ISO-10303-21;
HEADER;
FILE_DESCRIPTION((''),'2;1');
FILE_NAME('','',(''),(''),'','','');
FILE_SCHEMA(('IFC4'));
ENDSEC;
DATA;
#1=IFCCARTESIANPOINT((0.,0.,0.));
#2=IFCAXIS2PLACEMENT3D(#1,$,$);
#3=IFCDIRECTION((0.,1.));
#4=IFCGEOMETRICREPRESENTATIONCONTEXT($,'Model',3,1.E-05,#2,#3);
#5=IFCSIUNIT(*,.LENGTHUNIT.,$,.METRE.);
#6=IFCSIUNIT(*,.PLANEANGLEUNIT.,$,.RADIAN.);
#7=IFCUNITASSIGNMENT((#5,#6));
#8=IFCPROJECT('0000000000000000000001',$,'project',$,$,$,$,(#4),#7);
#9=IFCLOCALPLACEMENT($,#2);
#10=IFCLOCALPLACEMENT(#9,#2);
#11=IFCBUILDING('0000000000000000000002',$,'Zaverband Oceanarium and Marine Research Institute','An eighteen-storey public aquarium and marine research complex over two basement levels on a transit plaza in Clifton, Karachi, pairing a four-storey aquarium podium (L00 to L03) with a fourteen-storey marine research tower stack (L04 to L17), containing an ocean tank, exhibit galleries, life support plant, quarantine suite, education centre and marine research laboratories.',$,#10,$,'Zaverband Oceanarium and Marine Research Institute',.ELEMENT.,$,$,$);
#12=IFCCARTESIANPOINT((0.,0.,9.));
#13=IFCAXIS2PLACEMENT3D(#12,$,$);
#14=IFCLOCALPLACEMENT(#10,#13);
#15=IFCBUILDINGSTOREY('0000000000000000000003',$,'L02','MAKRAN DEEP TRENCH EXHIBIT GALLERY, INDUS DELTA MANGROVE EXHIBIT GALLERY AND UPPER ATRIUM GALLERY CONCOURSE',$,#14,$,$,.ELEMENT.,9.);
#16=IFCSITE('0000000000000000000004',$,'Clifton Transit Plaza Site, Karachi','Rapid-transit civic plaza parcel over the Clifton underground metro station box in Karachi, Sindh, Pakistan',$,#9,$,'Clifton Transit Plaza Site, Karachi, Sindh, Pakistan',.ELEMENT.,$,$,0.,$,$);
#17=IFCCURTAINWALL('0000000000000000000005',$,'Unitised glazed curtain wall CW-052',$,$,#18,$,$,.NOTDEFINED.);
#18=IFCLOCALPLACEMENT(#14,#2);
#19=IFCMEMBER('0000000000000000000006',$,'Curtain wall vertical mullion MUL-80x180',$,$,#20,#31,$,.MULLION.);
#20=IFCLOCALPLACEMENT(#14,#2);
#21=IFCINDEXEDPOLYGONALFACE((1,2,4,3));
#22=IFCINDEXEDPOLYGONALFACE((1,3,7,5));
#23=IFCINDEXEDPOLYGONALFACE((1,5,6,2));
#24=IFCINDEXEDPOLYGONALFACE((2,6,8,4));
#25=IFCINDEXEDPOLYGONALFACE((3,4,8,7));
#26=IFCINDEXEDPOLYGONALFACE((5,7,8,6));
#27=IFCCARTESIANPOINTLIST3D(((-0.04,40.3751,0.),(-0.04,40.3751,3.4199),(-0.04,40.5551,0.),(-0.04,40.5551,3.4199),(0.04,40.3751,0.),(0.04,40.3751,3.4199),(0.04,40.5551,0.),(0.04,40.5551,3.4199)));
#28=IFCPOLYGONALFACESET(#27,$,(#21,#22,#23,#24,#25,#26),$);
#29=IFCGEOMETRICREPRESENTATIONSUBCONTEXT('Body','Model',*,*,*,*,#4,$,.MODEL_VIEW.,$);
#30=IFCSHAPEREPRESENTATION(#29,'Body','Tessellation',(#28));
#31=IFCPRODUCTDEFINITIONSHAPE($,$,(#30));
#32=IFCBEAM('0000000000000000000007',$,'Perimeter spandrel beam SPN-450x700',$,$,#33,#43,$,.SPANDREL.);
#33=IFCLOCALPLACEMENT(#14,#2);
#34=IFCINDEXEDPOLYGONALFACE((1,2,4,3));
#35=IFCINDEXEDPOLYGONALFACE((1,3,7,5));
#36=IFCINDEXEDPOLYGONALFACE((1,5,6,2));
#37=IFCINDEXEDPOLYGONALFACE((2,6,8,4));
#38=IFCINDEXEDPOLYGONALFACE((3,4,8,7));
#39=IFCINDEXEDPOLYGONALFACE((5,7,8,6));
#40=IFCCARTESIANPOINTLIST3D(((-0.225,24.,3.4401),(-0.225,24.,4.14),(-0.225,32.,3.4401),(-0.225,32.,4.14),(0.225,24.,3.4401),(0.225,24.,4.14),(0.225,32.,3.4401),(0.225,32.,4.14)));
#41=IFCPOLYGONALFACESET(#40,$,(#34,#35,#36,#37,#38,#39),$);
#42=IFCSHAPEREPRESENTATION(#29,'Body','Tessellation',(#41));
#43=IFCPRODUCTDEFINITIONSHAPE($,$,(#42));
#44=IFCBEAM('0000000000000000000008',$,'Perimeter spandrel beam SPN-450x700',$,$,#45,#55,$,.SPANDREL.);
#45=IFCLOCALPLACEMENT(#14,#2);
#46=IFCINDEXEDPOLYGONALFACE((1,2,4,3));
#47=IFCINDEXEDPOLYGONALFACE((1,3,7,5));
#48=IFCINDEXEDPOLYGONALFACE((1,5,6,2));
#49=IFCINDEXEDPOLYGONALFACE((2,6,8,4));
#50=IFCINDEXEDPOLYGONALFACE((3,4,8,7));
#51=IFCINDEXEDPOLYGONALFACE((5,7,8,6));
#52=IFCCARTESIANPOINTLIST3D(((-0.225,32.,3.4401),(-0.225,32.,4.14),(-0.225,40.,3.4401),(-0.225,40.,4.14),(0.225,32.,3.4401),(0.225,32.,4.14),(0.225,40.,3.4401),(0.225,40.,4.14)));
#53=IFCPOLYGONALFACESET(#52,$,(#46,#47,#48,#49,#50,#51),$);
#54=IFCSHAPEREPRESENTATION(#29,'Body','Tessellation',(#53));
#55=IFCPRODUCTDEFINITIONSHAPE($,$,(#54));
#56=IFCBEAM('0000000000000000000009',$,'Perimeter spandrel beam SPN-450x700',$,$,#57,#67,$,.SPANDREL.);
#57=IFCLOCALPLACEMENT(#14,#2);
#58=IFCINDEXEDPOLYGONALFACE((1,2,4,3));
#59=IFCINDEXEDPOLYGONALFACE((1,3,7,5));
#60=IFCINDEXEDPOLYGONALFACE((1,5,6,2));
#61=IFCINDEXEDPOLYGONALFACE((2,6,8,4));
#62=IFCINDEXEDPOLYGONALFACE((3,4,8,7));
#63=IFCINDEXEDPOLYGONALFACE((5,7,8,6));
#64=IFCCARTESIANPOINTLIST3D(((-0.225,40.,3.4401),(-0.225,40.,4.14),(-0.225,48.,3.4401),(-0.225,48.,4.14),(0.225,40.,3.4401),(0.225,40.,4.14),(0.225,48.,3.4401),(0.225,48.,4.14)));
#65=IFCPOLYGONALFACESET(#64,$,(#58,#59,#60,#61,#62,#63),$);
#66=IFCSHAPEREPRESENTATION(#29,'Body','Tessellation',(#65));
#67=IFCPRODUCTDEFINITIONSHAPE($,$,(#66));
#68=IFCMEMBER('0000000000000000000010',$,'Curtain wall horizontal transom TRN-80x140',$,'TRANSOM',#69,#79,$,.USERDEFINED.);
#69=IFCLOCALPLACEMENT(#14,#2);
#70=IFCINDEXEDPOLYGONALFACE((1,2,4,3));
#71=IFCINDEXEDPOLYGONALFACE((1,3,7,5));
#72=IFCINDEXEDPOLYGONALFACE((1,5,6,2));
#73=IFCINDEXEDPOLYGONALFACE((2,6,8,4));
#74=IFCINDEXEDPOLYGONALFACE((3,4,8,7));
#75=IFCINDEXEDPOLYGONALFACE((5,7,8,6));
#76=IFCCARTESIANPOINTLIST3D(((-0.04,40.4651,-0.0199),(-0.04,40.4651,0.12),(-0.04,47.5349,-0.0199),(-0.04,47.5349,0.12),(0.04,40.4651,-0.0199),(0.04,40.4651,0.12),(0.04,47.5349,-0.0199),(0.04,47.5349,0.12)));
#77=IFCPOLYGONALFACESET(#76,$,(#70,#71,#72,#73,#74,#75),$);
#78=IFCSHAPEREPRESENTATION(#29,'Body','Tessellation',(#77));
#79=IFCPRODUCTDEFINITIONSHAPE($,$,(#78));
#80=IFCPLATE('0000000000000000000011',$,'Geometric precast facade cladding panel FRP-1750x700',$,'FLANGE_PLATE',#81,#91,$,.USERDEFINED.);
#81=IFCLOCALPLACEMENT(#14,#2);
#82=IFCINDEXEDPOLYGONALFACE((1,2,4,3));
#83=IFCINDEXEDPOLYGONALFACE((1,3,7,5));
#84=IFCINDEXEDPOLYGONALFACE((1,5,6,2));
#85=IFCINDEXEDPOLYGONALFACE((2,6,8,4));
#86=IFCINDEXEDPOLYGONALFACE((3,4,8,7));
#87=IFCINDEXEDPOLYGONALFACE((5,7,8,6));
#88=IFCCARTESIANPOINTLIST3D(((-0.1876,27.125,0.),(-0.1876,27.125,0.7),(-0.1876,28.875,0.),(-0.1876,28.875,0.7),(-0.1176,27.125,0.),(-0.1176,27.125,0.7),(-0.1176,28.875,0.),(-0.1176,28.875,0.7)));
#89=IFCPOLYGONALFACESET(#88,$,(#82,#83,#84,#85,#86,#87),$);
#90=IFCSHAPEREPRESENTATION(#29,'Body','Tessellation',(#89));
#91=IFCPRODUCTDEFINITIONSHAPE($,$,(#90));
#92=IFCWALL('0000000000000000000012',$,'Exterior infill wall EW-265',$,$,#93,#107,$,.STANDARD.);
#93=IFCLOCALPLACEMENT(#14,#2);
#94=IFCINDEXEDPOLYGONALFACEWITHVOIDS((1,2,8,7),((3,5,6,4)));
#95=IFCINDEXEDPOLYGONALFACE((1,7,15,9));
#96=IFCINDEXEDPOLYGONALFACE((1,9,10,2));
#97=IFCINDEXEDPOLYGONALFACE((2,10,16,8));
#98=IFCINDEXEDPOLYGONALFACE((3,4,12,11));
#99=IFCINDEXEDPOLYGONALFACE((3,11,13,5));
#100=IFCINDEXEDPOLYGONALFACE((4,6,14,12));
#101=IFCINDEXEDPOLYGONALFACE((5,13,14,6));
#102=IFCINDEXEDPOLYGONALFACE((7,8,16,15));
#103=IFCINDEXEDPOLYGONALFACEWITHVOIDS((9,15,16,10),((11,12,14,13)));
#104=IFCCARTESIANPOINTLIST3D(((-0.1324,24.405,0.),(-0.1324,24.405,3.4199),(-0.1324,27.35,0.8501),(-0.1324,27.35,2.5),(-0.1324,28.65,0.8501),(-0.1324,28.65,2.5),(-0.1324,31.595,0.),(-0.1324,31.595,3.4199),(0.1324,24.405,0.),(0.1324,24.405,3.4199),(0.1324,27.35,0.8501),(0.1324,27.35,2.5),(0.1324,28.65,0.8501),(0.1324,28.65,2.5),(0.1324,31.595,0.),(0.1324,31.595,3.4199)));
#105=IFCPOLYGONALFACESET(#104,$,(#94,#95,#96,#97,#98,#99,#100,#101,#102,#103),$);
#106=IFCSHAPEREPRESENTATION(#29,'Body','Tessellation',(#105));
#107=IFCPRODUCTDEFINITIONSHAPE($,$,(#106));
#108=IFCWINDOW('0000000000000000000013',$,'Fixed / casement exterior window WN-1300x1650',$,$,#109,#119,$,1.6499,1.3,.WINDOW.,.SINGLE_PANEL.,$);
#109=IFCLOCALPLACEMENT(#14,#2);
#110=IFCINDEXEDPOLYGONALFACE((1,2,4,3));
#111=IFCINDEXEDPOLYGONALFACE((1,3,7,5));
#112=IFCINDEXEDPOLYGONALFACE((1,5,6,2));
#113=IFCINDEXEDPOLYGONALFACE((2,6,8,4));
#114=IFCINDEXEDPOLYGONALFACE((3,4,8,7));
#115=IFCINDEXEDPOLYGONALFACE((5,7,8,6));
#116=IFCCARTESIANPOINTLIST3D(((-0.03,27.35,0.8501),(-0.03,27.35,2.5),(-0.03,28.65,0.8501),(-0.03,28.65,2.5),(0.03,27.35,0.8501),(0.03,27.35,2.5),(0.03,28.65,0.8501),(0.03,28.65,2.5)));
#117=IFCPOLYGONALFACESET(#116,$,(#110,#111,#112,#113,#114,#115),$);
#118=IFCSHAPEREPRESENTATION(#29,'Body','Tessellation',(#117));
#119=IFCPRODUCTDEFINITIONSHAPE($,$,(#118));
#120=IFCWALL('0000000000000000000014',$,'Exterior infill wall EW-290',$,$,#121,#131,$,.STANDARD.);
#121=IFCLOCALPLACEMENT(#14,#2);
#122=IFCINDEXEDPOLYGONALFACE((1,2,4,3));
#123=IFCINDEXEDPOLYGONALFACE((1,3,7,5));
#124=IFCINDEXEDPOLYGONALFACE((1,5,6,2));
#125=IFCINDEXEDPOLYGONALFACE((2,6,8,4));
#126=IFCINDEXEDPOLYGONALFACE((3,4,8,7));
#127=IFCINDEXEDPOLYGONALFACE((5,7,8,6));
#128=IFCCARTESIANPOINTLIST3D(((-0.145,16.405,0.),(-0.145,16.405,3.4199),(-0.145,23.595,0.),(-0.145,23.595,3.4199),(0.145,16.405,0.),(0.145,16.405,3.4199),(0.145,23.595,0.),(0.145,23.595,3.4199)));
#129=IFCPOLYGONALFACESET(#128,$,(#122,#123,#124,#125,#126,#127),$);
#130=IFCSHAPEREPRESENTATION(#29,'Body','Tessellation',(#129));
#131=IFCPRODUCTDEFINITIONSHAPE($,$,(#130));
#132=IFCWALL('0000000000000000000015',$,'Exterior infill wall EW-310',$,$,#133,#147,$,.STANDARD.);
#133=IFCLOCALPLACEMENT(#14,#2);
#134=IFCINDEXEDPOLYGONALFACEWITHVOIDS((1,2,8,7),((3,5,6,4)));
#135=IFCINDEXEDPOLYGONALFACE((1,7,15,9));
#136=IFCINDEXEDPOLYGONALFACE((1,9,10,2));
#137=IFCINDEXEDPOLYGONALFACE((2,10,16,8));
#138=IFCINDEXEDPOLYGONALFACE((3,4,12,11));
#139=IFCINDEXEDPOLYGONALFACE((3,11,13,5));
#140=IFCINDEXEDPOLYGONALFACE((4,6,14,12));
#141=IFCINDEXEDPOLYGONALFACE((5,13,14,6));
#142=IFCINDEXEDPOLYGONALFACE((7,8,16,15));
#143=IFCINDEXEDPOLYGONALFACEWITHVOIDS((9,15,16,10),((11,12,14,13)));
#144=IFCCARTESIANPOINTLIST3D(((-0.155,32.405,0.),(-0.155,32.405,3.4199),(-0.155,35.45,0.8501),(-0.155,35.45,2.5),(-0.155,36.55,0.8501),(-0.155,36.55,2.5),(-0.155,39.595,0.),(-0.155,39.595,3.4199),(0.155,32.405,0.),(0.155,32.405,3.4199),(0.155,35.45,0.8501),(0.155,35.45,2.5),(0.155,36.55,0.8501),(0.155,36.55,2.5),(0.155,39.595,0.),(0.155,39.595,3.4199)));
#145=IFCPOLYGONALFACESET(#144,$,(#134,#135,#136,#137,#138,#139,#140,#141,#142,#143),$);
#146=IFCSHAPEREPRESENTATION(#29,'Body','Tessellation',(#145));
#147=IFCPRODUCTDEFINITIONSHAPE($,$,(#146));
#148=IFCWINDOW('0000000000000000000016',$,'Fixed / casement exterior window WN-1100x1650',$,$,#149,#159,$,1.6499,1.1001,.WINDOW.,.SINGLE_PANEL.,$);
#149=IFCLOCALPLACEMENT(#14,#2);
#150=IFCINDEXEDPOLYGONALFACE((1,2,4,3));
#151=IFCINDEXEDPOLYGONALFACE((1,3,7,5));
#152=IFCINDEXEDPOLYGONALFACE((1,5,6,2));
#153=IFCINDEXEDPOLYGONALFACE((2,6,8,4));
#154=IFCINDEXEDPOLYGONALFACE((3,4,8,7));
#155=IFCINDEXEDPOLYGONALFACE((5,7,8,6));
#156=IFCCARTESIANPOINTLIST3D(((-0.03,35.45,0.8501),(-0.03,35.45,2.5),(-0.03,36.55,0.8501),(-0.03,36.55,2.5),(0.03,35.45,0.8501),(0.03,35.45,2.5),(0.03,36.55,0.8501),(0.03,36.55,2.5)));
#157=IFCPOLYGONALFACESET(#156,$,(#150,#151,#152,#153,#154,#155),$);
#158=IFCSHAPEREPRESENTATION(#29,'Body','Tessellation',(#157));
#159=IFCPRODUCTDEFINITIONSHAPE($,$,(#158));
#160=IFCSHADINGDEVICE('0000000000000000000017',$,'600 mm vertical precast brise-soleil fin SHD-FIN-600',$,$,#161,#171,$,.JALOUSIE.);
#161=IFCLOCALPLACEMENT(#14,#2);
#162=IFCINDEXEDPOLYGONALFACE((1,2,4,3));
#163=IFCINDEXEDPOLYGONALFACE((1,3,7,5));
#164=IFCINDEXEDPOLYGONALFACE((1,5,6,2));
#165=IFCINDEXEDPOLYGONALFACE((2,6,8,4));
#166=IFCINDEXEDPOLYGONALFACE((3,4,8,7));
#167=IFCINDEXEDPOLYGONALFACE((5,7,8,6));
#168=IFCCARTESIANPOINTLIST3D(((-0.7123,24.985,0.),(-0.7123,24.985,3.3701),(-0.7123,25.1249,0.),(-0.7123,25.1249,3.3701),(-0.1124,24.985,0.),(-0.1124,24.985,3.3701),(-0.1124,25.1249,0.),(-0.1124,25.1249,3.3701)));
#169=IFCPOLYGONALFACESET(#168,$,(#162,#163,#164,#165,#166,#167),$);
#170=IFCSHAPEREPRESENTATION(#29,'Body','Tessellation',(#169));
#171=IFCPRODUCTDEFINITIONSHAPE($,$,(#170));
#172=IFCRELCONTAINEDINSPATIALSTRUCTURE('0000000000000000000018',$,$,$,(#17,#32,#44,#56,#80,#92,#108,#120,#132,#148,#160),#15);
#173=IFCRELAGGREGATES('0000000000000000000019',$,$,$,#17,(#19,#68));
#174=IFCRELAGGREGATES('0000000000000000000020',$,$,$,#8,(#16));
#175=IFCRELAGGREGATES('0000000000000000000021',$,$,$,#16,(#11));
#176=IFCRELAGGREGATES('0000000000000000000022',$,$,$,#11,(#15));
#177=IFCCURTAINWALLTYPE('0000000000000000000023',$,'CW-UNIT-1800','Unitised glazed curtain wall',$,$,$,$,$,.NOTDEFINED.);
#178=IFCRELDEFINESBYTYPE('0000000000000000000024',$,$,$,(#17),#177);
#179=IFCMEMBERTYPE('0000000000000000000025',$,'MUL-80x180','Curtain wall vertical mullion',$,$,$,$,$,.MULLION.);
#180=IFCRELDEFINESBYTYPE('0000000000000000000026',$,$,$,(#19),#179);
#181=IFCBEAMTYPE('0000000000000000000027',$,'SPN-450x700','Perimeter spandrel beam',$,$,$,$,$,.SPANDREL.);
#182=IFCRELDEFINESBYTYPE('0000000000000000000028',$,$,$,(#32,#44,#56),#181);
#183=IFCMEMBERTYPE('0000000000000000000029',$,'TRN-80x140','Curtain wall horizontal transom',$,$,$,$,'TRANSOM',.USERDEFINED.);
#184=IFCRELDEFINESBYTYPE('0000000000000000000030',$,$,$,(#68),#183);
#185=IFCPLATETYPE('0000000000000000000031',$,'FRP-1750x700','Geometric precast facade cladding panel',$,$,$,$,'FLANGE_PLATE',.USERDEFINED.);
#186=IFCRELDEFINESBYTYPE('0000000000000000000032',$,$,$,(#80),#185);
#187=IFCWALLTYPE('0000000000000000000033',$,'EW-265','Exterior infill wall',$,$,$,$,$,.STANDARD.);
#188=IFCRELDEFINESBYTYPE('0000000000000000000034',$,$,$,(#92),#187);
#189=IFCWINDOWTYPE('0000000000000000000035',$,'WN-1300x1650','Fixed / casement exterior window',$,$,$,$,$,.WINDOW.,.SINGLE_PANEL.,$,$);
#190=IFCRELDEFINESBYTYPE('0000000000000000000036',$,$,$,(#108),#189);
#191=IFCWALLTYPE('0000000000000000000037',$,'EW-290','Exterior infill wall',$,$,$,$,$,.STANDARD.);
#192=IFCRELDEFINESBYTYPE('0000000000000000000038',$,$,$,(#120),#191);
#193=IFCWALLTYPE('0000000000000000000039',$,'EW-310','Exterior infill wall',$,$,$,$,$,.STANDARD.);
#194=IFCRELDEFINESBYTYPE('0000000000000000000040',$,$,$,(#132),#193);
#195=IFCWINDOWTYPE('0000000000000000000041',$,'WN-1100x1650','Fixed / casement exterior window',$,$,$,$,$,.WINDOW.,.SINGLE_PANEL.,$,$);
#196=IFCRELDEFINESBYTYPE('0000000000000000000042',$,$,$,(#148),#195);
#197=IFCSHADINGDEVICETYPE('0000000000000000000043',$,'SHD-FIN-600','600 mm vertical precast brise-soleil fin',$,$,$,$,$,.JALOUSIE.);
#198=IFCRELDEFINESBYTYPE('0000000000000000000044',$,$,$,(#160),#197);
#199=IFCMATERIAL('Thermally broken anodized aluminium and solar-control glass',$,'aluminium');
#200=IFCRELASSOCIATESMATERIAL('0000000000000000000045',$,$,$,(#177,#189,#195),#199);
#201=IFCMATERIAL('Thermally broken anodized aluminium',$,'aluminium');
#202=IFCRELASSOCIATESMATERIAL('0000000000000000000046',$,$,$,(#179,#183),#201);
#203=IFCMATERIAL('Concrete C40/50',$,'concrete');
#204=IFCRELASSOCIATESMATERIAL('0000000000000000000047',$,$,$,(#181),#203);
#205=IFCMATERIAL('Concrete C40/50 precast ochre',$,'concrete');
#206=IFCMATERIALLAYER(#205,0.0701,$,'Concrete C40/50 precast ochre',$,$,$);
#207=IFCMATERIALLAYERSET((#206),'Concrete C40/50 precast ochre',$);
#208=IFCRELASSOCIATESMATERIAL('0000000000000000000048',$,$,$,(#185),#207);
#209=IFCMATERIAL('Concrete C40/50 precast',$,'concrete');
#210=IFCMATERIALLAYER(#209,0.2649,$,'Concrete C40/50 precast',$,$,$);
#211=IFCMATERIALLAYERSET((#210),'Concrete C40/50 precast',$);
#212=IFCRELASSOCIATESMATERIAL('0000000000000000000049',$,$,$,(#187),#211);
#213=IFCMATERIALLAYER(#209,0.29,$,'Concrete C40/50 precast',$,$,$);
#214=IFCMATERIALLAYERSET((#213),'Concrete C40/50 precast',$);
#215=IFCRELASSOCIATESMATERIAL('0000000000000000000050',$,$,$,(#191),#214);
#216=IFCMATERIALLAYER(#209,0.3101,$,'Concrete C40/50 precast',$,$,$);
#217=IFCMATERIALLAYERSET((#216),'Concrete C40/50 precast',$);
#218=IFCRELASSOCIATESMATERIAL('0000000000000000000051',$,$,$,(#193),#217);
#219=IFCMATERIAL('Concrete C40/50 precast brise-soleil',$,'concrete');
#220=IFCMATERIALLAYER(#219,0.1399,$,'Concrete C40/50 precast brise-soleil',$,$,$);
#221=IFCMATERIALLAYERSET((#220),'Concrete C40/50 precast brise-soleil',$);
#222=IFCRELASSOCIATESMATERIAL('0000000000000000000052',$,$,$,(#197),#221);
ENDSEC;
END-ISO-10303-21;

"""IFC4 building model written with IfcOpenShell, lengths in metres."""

from ifc_helpers import new_model, si_unit, direction, frame, frame_2d, origin, origin_2d, place, context, subcontext, project, spatial, rectangle, extrude, material, layer, layer_set, material_profile, profile_set, type_object, element, fill, aggregate, save


model = new_model("IFC4")

# Units and contexts
model_context = context("Model", 3, precision=1e-05, world=origin(), true_north=direction((0.0, 1.0)))
body_context = subcontext(model_context, "Body", "Model", "MODEL_VIEW")
ifc_project = project(units=[si_unit("LENGTHUNIT", "METRE"), si_unit("PLANEANGLEUNIT", "RADIAN")], contexts=[model_context])

# Site, building, storey
site_placement = place(None, origin())
site = spatial("IfcSite", under=ifc_project, at=site_placement, Name="Clifton Transit Plaza Site, Karachi", Description="Rapid-transit civic plaza parcel over the Clifton underground metro station box in Karachi, Sindh, Pakistan", LongName="Clifton Transit Plaza Site, Karachi, Sindh, Pakistan", CompositionType="ELEMENT", RefElevation=0.0)
building_placement = place(site_placement, origin())
building = spatial("IfcBuilding", under=site, at=building_placement, Name="Zaverband Oceanarium and Marine Research Institute", Description="An eighteen-storey public aquarium and marine research complex over two basement levels on a transit plaza in Clifton, Karachi, pairing a four-storey aquarium podium (L00 to L03) with a fourteen-storey marine research tower stack (L04 to L17), containing an ocean tank, exhibit galleries, life support plant, quarantine suite, education centre and marine research laboratories.", LongName="Zaverband Oceanarium and Marine Research Institute", CompositionType="ELEMENT")
storey_placement = place(building_placement, frame((0.0, 0.0, 9.0)))
storey = spatial("IfcBuildingStorey", under=building, at=storey_placement, Name="L02", Description="MAKRAN DEEP TRENCH EXHIBIT GALLERY, INDUS DELTA MANGROVE EXHIBIT GALLERY AND UPPER ATRIUM GALLERY CONCOURSE", CompositionType="ELEMENT", Elevation=9.0)

# Shared definitions
ifc_material_1 = material(Name="Concrete C40/50", Category="concrete")

# Curtain wall, member
ifc_material_2 = material(Name="Thermally broken anodized aluminium and solar-control glass", Category="aluminium")
curtain_wall_type = type_object("IfcCurtainWallType", Name="CW-UNIT-1800", Description="Unitised glazed curtain wall", PredefinedType="NOTDEFINED", material=ifc_material_2)
curtain_wall_placement = place(storey_placement, origin())
curtain_wall = element("IfcCurtainWall", 1, at=curtain_wall_placement, inside=storey, type_object=curtain_wall_type, Name="Unitised glazed curtain wall CW-052", PredefinedType="NOTDEFINED")
ifc_material_3 = material(Name="Thermally broken anodized aluminium", Category="aluminium")
ifc_material_profile_1 = material_profile(ifc_material_3, rectangle(XDim=0.0801, YDim=0.1799, at=origin_2d()), Name="AL-MUL-80x180")
ifc_profile_set_1 = profile_set([ifc_material_profile_1], Name="Thermally broken anodized aluminium")
member_type_1 = type_object("IfcMemberType", Name="MUL-80x180", Description="Curtain wall vertical mullion", PredefinedType="MULLION", material=ifc_profile_set_1)
member_1_placement = place(storey_placement, frame((0.0, 40.4651, 0.0), z_axis=(0.0, 0.0, 1.0), x_axis=(1.0, 0.0, 0.0)))
member_1 = element("IfcMember", 2, at=member_1_placement, type_object=member_type_1, Name="Curtain wall vertical mullion MUL-80x180", PredefinedType="MULLION", context=body_context, shape_type="SweptSolid", body=[
    extrude(rectangle(XDim=0.0801, YDim=0.1799, at=origin_2d()), origin(), (0.0, 0.0, 1.0), 3.4199),
])

# Beams
ifc_material_profile_2 = material_profile(ifc_material_1, rectangle(XDim=0.45, YDim=0.7, at=origin_2d()), Name="RC450x700")
ifc_profile_set_2 = profile_set([ifc_material_profile_2], Name="Concrete C40/50")
beam_type_1 = type_object("IfcBeamType", Name="SPN-450x700", Description="Perimeter spandrel beam", PredefinedType="SPANDREL", material=ifc_profile_set_2)
for number, where, z_axis, x_axis, name in (
    (3, (0.0, 24.0, 3.79), (0.0, 1.0, 0.0), (-1.0, 0.0, 0.0), "Perimeter spandrel beam SPN-450x700"),
    (4, (0.0, 32.0, 3.79), (0.0, 1.0, 0.0), (-1.0, 0.0, 0.0), "Perimeter spandrel beam SPN-450x700"),
    (5, (0.0, 40.0, 3.79), (0.0, 1.0, 0.0), (-1.0, 0.0, 0.0), "Perimeter spandrel beam SPN-450x700"),
):
    element("IfcBeam", number, at=place(storey_placement, frame(where, z_axis=z_axis, x_axis=x_axis)), inside=storey, type_object=beam_type_1, Name=name, PredefinedType="SPANDREL", context=body_context, shape_type="SweptSolid", body=[
        extrude(rectangle(XDim=0.45, YDim=0.7, at=origin_2d()), origin(), (0.0, 0.0, 1.0), 8.0),
    ])

# Member
ifc_material_profile_3 = material_profile(ifc_material_3, rectangle(XDim=0.0801, YDim=0.1399, at=origin_2d()), Name="AL-TRN-80x140")
ifc_profile_set_3 = profile_set([ifc_material_profile_3], Name="Thermally broken anodized aluminium")
member_type_2 = type_object("IfcMemberType", Name="TRN-80x140", Description="Curtain wall horizontal transom", ElementType="TRANSOM", PredefinedType="USERDEFINED", material=ifc_profile_set_3)
member_2_placement = place(storey_placement, frame((0.0, 40.4651, 0.05), z_axis=(0.0, 1.0, 0.0), x_axis=(-1.0, 0.0, 0.0)))
member_2 = element("IfcMember", 6, at=member_2_placement, type_object=member_type_2, Name="Curtain wall horizontal transom TRN-80x140", ObjectType="TRANSOM", PredefinedType="USERDEFINED", context=body_context, shape_type="SweptSolid", body=[
    extrude(rectangle(XDim=0.0801, YDim=0.1399, at=origin_2d()), origin(), (0.0, 0.0, 1.0), 7.0698),
])
aggregate(curtain_wall, [member_1, member_2])

# Plate
ifc_material_4 = material(Name="Concrete C40/50 precast ochre", Category="concrete")
ifc_layer_1 = layer(ifc_material_4, 0.0701, Name="Concrete C40/50 precast ochre")
ifc_layer_set_1 = layer_set([ifc_layer_1], Name="Concrete C40/50 precast ochre")
plate_type = type_object("IfcPlateType", Name="FRP-1750x700", Description="Geometric precast facade cladding panel", ElementType="FLANGE_PLATE", PredefinedType="USERDEFINED", material=ifc_layer_set_1)
plate_placement = place(storey_placement, frame((-0.1526, 27.125, 0.0), z_axis=(0.0, 0.0, 1.0), x_axis=(0.0, 1.0, 0.0)))
element("IfcPlate", 7, at=plate_placement, inside=storey, type_object=plate_type, Name="Geometric precast facade cladding panel FRP-1750x700", ObjectType="FLANGE_PLATE", PredefinedType="USERDEFINED", context=body_context, shape_type="SweptSolid", body=[
    extrude(rectangle(XDim=1.75, YDim=0.0701, at=frame_2d((0.875, 0.0))), origin(), (0.0, 0.0, 1.0), 0.7),
])

# Wall, opening, window
ifc_material_5 = material(Name="Concrete C40/50 precast", Category="concrete")
ifc_layer_2 = layer(ifc_material_5, 0.2649, Name="Concrete C40/50 precast")
ifc_layer_set_2 = layer_set([ifc_layer_2], Name="Concrete C40/50 precast")
wall_type_1 = type_object("IfcWallType", Name="EW-265", Description="Exterior infill wall", PredefinedType="STANDARD", material=ifc_layer_set_2)
wall_1_placement = place(storey_placement, frame((0.0, 24.405, 0.0), z_axis=(0.0, 0.0, 1.0), x_axis=(0.0, 1.0, 0.0)))
wall_1 = element("IfcWall", 8, at=wall_1_placement, inside=storey, type_object=wall_type_1, Name="Exterior infill wall EW-265", PredefinedType="STANDARD", context=body_context, shape_type="SweptSolid", body=[
    extrude(rectangle(XDim=7.1899, YDim=0.2649, at=frame_2d((3.595, 0.0))), origin(), (0.0, 0.0, 1.0), 3.4199),
])
opening_1_placement = place(wall_1_placement, frame((2.9451, 0.0, 0.8501)))
opening_1 = element("IfcOpeningElement", 9, at=opening_1_placement, cuts=wall_1, PredefinedType="OPENING", context=body_context, shape_type="SweptSolid", body=[
    extrude(rectangle(XDim=1.3, YDim=1.6499, at=frame_2d((0.6499, 0.825))), frame((0.0, 0.1445, 0.0), z_axis=(0.0, -1.0, 0.0), x_axis=(1.0, 0.0, 0.0)), (0.0, 0.0, 1.0), 0.2888),
])
window_type_1 = type_object("IfcWindowType", Name="WN-1300x1650", Description="Fixed / casement exterior window", PartitioningType="SINGLE_PANEL", PredefinedType="WINDOW", material=ifc_material_2)
window_1_placement = place(opening_1_placement, origin())
window_1 = element("IfcWindow", 10, at=window_1_placement, inside=storey, type_object=window_type_1, Name="Fixed / casement exterior window WN-1300x1650", OverallHeight=1.6499, OverallWidth=1.3, PartitioningType="SINGLE_PANEL", PredefinedType="WINDOW", context=body_context, shape_type="SweptSolid", body=[
    extrude(rectangle(XDim=1.3, YDim=1.6499, at=frame_2d((0.6499, 0.825))), frame((0.0, 0.03, 0.0), z_axis=(0.0, -1.0, 0.0), x_axis=(1.0, 0.0, 0.0)), (0.0, 0.0, 1.0), 0.0601),
])
fill(opening_1, window_1)

# Wall
ifc_layer_3 = layer(ifc_material_5, 0.29, Name="Concrete C40/50 precast")
ifc_layer_set_3 = layer_set([ifc_layer_3], Name="Concrete C40/50 precast")
wall_type_2 = type_object("IfcWallType", Name="EW-290", Description="Exterior infill wall", PredefinedType="STANDARD", material=ifc_layer_set_3)
wall_2_placement = place(storey_placement, frame((0.0, 16.405, 0.0), z_axis=(0.0, 0.0, 1.0), x_axis=(0.0, 1.0, 0.0)))
element("IfcWall", 11, at=wall_2_placement, inside=storey, type_object=wall_type_2, Name="Exterior infill wall EW-290", PredefinedType="STANDARD", context=body_context, shape_type="SweptSolid", body=[
    extrude(rectangle(XDim=7.1899, YDim=0.29, at=frame_2d((3.595, 0.0))), origin(), (0.0, 0.0, 1.0), 3.4199),
])

# Wall, opening, window
ifc_layer_4 = layer(ifc_material_5, 0.3101, Name="Concrete C40/50 precast")
ifc_layer_set_4 = layer_set([ifc_layer_4], Name="Concrete C40/50 precast")
wall_type_3 = type_object("IfcWallType", Name="EW-310", Description="Exterior infill wall", PredefinedType="STANDARD", material=ifc_layer_set_4)
wall_3_placement = place(storey_placement, frame((0.0, 32.405, 0.0), z_axis=(0.0, 0.0, 1.0), x_axis=(0.0, 1.0, 0.0)))
wall_3 = element("IfcWall", 12, at=wall_3_placement, inside=storey, type_object=wall_type_3, Name="Exterior infill wall EW-310", PredefinedType="STANDARD", context=body_context, shape_type="SweptSolid", body=[
    extrude(rectangle(XDim=7.1899, YDim=0.3101, at=frame_2d((3.595, 0.0))), origin(), (0.0, 0.0, 1.0), 3.4199),
])
opening_2_placement = place(wall_3_placement, frame((3.0449, 0.0, 0.8501)))
opening_2 = element("IfcOpeningElement", 13, at=opening_2_placement, cuts=wall_3, PredefinedType="OPENING", context=body_context, shape_type="SweptSolid", body=[
    extrude(rectangle(XDim=1.1001, YDim=1.6499, at=frame_2d((0.55, 0.825))), frame((0.0, 0.167, 0.0), z_axis=(0.0, -1.0, 0.0), x_axis=(1.0, 0.0, 0.0)), (0.0, 0.0, 1.0), 0.334),
])
window_type_2 = type_object("IfcWindowType", Name="WN-1100x1650", Description="Fixed / casement exterior window", PartitioningType="SINGLE_PANEL", PredefinedType="WINDOW", material=ifc_material_2)
window_2_placement = place(opening_2_placement, origin())
window_2 = element("IfcWindow", 14, at=window_2_placement, inside=storey, type_object=window_type_2, Name="Fixed / casement exterior window WN-1100x1650", OverallHeight=1.6499, OverallWidth=1.1001, PartitioningType="SINGLE_PANEL", PredefinedType="WINDOW", context=body_context, shape_type="SweptSolid", body=[
    extrude(rectangle(XDim=1.1001, YDim=1.6499, at=frame_2d((0.55, 0.825))), frame((0.0, 0.03, 0.0), z_axis=(0.0, -1.0, 0.0), x_axis=(1.0, 0.0, 0.0)), (0.0, 0.0, 1.0), 0.0601),
])
fill(opening_2, window_2)

# Shading device
ifc_material_6 = material(Name="Concrete C40/50 precast brise-soleil", Category="concrete")
ifc_layer_5 = layer(ifc_material_6, 0.1399, Name="Concrete C40/50 precast brise-soleil")
ifc_layer_set_5 = layer_set([ifc_layer_5], Name="Concrete C40/50 precast brise-soleil")
shading_device_type = type_object("IfcShadingDeviceType", Name="SHD-FIN-600", Description="600 mm vertical precast brise-soleil fin", PredefinedType="JALOUSIE", material=ifc_layer_set_5)
shading_device_placement = place(storey_placement, frame((-0.1125, 25.0549, 0.0), z_axis=(0.0, 0.0, 1.0), x_axis=(-1.0, 0.0, 0.0)))
element("IfcShadingDevice", 15, at=shading_device_placement, inside=storey, type_object=shading_device_type, Name="600 mm vertical precast brise-soleil fin SHD-FIN-600", PredefinedType="JALOUSIE", context=body_context, shape_type="SweptSolid", body=[
    extrude(rectangle(XDim=0.5999, YDim=0.1399, at=frame_2d((0.2998, 0.0))), origin(), (0.0, 0.0, 1.0), 3.3701),
])

save(model, "model.ifc")
